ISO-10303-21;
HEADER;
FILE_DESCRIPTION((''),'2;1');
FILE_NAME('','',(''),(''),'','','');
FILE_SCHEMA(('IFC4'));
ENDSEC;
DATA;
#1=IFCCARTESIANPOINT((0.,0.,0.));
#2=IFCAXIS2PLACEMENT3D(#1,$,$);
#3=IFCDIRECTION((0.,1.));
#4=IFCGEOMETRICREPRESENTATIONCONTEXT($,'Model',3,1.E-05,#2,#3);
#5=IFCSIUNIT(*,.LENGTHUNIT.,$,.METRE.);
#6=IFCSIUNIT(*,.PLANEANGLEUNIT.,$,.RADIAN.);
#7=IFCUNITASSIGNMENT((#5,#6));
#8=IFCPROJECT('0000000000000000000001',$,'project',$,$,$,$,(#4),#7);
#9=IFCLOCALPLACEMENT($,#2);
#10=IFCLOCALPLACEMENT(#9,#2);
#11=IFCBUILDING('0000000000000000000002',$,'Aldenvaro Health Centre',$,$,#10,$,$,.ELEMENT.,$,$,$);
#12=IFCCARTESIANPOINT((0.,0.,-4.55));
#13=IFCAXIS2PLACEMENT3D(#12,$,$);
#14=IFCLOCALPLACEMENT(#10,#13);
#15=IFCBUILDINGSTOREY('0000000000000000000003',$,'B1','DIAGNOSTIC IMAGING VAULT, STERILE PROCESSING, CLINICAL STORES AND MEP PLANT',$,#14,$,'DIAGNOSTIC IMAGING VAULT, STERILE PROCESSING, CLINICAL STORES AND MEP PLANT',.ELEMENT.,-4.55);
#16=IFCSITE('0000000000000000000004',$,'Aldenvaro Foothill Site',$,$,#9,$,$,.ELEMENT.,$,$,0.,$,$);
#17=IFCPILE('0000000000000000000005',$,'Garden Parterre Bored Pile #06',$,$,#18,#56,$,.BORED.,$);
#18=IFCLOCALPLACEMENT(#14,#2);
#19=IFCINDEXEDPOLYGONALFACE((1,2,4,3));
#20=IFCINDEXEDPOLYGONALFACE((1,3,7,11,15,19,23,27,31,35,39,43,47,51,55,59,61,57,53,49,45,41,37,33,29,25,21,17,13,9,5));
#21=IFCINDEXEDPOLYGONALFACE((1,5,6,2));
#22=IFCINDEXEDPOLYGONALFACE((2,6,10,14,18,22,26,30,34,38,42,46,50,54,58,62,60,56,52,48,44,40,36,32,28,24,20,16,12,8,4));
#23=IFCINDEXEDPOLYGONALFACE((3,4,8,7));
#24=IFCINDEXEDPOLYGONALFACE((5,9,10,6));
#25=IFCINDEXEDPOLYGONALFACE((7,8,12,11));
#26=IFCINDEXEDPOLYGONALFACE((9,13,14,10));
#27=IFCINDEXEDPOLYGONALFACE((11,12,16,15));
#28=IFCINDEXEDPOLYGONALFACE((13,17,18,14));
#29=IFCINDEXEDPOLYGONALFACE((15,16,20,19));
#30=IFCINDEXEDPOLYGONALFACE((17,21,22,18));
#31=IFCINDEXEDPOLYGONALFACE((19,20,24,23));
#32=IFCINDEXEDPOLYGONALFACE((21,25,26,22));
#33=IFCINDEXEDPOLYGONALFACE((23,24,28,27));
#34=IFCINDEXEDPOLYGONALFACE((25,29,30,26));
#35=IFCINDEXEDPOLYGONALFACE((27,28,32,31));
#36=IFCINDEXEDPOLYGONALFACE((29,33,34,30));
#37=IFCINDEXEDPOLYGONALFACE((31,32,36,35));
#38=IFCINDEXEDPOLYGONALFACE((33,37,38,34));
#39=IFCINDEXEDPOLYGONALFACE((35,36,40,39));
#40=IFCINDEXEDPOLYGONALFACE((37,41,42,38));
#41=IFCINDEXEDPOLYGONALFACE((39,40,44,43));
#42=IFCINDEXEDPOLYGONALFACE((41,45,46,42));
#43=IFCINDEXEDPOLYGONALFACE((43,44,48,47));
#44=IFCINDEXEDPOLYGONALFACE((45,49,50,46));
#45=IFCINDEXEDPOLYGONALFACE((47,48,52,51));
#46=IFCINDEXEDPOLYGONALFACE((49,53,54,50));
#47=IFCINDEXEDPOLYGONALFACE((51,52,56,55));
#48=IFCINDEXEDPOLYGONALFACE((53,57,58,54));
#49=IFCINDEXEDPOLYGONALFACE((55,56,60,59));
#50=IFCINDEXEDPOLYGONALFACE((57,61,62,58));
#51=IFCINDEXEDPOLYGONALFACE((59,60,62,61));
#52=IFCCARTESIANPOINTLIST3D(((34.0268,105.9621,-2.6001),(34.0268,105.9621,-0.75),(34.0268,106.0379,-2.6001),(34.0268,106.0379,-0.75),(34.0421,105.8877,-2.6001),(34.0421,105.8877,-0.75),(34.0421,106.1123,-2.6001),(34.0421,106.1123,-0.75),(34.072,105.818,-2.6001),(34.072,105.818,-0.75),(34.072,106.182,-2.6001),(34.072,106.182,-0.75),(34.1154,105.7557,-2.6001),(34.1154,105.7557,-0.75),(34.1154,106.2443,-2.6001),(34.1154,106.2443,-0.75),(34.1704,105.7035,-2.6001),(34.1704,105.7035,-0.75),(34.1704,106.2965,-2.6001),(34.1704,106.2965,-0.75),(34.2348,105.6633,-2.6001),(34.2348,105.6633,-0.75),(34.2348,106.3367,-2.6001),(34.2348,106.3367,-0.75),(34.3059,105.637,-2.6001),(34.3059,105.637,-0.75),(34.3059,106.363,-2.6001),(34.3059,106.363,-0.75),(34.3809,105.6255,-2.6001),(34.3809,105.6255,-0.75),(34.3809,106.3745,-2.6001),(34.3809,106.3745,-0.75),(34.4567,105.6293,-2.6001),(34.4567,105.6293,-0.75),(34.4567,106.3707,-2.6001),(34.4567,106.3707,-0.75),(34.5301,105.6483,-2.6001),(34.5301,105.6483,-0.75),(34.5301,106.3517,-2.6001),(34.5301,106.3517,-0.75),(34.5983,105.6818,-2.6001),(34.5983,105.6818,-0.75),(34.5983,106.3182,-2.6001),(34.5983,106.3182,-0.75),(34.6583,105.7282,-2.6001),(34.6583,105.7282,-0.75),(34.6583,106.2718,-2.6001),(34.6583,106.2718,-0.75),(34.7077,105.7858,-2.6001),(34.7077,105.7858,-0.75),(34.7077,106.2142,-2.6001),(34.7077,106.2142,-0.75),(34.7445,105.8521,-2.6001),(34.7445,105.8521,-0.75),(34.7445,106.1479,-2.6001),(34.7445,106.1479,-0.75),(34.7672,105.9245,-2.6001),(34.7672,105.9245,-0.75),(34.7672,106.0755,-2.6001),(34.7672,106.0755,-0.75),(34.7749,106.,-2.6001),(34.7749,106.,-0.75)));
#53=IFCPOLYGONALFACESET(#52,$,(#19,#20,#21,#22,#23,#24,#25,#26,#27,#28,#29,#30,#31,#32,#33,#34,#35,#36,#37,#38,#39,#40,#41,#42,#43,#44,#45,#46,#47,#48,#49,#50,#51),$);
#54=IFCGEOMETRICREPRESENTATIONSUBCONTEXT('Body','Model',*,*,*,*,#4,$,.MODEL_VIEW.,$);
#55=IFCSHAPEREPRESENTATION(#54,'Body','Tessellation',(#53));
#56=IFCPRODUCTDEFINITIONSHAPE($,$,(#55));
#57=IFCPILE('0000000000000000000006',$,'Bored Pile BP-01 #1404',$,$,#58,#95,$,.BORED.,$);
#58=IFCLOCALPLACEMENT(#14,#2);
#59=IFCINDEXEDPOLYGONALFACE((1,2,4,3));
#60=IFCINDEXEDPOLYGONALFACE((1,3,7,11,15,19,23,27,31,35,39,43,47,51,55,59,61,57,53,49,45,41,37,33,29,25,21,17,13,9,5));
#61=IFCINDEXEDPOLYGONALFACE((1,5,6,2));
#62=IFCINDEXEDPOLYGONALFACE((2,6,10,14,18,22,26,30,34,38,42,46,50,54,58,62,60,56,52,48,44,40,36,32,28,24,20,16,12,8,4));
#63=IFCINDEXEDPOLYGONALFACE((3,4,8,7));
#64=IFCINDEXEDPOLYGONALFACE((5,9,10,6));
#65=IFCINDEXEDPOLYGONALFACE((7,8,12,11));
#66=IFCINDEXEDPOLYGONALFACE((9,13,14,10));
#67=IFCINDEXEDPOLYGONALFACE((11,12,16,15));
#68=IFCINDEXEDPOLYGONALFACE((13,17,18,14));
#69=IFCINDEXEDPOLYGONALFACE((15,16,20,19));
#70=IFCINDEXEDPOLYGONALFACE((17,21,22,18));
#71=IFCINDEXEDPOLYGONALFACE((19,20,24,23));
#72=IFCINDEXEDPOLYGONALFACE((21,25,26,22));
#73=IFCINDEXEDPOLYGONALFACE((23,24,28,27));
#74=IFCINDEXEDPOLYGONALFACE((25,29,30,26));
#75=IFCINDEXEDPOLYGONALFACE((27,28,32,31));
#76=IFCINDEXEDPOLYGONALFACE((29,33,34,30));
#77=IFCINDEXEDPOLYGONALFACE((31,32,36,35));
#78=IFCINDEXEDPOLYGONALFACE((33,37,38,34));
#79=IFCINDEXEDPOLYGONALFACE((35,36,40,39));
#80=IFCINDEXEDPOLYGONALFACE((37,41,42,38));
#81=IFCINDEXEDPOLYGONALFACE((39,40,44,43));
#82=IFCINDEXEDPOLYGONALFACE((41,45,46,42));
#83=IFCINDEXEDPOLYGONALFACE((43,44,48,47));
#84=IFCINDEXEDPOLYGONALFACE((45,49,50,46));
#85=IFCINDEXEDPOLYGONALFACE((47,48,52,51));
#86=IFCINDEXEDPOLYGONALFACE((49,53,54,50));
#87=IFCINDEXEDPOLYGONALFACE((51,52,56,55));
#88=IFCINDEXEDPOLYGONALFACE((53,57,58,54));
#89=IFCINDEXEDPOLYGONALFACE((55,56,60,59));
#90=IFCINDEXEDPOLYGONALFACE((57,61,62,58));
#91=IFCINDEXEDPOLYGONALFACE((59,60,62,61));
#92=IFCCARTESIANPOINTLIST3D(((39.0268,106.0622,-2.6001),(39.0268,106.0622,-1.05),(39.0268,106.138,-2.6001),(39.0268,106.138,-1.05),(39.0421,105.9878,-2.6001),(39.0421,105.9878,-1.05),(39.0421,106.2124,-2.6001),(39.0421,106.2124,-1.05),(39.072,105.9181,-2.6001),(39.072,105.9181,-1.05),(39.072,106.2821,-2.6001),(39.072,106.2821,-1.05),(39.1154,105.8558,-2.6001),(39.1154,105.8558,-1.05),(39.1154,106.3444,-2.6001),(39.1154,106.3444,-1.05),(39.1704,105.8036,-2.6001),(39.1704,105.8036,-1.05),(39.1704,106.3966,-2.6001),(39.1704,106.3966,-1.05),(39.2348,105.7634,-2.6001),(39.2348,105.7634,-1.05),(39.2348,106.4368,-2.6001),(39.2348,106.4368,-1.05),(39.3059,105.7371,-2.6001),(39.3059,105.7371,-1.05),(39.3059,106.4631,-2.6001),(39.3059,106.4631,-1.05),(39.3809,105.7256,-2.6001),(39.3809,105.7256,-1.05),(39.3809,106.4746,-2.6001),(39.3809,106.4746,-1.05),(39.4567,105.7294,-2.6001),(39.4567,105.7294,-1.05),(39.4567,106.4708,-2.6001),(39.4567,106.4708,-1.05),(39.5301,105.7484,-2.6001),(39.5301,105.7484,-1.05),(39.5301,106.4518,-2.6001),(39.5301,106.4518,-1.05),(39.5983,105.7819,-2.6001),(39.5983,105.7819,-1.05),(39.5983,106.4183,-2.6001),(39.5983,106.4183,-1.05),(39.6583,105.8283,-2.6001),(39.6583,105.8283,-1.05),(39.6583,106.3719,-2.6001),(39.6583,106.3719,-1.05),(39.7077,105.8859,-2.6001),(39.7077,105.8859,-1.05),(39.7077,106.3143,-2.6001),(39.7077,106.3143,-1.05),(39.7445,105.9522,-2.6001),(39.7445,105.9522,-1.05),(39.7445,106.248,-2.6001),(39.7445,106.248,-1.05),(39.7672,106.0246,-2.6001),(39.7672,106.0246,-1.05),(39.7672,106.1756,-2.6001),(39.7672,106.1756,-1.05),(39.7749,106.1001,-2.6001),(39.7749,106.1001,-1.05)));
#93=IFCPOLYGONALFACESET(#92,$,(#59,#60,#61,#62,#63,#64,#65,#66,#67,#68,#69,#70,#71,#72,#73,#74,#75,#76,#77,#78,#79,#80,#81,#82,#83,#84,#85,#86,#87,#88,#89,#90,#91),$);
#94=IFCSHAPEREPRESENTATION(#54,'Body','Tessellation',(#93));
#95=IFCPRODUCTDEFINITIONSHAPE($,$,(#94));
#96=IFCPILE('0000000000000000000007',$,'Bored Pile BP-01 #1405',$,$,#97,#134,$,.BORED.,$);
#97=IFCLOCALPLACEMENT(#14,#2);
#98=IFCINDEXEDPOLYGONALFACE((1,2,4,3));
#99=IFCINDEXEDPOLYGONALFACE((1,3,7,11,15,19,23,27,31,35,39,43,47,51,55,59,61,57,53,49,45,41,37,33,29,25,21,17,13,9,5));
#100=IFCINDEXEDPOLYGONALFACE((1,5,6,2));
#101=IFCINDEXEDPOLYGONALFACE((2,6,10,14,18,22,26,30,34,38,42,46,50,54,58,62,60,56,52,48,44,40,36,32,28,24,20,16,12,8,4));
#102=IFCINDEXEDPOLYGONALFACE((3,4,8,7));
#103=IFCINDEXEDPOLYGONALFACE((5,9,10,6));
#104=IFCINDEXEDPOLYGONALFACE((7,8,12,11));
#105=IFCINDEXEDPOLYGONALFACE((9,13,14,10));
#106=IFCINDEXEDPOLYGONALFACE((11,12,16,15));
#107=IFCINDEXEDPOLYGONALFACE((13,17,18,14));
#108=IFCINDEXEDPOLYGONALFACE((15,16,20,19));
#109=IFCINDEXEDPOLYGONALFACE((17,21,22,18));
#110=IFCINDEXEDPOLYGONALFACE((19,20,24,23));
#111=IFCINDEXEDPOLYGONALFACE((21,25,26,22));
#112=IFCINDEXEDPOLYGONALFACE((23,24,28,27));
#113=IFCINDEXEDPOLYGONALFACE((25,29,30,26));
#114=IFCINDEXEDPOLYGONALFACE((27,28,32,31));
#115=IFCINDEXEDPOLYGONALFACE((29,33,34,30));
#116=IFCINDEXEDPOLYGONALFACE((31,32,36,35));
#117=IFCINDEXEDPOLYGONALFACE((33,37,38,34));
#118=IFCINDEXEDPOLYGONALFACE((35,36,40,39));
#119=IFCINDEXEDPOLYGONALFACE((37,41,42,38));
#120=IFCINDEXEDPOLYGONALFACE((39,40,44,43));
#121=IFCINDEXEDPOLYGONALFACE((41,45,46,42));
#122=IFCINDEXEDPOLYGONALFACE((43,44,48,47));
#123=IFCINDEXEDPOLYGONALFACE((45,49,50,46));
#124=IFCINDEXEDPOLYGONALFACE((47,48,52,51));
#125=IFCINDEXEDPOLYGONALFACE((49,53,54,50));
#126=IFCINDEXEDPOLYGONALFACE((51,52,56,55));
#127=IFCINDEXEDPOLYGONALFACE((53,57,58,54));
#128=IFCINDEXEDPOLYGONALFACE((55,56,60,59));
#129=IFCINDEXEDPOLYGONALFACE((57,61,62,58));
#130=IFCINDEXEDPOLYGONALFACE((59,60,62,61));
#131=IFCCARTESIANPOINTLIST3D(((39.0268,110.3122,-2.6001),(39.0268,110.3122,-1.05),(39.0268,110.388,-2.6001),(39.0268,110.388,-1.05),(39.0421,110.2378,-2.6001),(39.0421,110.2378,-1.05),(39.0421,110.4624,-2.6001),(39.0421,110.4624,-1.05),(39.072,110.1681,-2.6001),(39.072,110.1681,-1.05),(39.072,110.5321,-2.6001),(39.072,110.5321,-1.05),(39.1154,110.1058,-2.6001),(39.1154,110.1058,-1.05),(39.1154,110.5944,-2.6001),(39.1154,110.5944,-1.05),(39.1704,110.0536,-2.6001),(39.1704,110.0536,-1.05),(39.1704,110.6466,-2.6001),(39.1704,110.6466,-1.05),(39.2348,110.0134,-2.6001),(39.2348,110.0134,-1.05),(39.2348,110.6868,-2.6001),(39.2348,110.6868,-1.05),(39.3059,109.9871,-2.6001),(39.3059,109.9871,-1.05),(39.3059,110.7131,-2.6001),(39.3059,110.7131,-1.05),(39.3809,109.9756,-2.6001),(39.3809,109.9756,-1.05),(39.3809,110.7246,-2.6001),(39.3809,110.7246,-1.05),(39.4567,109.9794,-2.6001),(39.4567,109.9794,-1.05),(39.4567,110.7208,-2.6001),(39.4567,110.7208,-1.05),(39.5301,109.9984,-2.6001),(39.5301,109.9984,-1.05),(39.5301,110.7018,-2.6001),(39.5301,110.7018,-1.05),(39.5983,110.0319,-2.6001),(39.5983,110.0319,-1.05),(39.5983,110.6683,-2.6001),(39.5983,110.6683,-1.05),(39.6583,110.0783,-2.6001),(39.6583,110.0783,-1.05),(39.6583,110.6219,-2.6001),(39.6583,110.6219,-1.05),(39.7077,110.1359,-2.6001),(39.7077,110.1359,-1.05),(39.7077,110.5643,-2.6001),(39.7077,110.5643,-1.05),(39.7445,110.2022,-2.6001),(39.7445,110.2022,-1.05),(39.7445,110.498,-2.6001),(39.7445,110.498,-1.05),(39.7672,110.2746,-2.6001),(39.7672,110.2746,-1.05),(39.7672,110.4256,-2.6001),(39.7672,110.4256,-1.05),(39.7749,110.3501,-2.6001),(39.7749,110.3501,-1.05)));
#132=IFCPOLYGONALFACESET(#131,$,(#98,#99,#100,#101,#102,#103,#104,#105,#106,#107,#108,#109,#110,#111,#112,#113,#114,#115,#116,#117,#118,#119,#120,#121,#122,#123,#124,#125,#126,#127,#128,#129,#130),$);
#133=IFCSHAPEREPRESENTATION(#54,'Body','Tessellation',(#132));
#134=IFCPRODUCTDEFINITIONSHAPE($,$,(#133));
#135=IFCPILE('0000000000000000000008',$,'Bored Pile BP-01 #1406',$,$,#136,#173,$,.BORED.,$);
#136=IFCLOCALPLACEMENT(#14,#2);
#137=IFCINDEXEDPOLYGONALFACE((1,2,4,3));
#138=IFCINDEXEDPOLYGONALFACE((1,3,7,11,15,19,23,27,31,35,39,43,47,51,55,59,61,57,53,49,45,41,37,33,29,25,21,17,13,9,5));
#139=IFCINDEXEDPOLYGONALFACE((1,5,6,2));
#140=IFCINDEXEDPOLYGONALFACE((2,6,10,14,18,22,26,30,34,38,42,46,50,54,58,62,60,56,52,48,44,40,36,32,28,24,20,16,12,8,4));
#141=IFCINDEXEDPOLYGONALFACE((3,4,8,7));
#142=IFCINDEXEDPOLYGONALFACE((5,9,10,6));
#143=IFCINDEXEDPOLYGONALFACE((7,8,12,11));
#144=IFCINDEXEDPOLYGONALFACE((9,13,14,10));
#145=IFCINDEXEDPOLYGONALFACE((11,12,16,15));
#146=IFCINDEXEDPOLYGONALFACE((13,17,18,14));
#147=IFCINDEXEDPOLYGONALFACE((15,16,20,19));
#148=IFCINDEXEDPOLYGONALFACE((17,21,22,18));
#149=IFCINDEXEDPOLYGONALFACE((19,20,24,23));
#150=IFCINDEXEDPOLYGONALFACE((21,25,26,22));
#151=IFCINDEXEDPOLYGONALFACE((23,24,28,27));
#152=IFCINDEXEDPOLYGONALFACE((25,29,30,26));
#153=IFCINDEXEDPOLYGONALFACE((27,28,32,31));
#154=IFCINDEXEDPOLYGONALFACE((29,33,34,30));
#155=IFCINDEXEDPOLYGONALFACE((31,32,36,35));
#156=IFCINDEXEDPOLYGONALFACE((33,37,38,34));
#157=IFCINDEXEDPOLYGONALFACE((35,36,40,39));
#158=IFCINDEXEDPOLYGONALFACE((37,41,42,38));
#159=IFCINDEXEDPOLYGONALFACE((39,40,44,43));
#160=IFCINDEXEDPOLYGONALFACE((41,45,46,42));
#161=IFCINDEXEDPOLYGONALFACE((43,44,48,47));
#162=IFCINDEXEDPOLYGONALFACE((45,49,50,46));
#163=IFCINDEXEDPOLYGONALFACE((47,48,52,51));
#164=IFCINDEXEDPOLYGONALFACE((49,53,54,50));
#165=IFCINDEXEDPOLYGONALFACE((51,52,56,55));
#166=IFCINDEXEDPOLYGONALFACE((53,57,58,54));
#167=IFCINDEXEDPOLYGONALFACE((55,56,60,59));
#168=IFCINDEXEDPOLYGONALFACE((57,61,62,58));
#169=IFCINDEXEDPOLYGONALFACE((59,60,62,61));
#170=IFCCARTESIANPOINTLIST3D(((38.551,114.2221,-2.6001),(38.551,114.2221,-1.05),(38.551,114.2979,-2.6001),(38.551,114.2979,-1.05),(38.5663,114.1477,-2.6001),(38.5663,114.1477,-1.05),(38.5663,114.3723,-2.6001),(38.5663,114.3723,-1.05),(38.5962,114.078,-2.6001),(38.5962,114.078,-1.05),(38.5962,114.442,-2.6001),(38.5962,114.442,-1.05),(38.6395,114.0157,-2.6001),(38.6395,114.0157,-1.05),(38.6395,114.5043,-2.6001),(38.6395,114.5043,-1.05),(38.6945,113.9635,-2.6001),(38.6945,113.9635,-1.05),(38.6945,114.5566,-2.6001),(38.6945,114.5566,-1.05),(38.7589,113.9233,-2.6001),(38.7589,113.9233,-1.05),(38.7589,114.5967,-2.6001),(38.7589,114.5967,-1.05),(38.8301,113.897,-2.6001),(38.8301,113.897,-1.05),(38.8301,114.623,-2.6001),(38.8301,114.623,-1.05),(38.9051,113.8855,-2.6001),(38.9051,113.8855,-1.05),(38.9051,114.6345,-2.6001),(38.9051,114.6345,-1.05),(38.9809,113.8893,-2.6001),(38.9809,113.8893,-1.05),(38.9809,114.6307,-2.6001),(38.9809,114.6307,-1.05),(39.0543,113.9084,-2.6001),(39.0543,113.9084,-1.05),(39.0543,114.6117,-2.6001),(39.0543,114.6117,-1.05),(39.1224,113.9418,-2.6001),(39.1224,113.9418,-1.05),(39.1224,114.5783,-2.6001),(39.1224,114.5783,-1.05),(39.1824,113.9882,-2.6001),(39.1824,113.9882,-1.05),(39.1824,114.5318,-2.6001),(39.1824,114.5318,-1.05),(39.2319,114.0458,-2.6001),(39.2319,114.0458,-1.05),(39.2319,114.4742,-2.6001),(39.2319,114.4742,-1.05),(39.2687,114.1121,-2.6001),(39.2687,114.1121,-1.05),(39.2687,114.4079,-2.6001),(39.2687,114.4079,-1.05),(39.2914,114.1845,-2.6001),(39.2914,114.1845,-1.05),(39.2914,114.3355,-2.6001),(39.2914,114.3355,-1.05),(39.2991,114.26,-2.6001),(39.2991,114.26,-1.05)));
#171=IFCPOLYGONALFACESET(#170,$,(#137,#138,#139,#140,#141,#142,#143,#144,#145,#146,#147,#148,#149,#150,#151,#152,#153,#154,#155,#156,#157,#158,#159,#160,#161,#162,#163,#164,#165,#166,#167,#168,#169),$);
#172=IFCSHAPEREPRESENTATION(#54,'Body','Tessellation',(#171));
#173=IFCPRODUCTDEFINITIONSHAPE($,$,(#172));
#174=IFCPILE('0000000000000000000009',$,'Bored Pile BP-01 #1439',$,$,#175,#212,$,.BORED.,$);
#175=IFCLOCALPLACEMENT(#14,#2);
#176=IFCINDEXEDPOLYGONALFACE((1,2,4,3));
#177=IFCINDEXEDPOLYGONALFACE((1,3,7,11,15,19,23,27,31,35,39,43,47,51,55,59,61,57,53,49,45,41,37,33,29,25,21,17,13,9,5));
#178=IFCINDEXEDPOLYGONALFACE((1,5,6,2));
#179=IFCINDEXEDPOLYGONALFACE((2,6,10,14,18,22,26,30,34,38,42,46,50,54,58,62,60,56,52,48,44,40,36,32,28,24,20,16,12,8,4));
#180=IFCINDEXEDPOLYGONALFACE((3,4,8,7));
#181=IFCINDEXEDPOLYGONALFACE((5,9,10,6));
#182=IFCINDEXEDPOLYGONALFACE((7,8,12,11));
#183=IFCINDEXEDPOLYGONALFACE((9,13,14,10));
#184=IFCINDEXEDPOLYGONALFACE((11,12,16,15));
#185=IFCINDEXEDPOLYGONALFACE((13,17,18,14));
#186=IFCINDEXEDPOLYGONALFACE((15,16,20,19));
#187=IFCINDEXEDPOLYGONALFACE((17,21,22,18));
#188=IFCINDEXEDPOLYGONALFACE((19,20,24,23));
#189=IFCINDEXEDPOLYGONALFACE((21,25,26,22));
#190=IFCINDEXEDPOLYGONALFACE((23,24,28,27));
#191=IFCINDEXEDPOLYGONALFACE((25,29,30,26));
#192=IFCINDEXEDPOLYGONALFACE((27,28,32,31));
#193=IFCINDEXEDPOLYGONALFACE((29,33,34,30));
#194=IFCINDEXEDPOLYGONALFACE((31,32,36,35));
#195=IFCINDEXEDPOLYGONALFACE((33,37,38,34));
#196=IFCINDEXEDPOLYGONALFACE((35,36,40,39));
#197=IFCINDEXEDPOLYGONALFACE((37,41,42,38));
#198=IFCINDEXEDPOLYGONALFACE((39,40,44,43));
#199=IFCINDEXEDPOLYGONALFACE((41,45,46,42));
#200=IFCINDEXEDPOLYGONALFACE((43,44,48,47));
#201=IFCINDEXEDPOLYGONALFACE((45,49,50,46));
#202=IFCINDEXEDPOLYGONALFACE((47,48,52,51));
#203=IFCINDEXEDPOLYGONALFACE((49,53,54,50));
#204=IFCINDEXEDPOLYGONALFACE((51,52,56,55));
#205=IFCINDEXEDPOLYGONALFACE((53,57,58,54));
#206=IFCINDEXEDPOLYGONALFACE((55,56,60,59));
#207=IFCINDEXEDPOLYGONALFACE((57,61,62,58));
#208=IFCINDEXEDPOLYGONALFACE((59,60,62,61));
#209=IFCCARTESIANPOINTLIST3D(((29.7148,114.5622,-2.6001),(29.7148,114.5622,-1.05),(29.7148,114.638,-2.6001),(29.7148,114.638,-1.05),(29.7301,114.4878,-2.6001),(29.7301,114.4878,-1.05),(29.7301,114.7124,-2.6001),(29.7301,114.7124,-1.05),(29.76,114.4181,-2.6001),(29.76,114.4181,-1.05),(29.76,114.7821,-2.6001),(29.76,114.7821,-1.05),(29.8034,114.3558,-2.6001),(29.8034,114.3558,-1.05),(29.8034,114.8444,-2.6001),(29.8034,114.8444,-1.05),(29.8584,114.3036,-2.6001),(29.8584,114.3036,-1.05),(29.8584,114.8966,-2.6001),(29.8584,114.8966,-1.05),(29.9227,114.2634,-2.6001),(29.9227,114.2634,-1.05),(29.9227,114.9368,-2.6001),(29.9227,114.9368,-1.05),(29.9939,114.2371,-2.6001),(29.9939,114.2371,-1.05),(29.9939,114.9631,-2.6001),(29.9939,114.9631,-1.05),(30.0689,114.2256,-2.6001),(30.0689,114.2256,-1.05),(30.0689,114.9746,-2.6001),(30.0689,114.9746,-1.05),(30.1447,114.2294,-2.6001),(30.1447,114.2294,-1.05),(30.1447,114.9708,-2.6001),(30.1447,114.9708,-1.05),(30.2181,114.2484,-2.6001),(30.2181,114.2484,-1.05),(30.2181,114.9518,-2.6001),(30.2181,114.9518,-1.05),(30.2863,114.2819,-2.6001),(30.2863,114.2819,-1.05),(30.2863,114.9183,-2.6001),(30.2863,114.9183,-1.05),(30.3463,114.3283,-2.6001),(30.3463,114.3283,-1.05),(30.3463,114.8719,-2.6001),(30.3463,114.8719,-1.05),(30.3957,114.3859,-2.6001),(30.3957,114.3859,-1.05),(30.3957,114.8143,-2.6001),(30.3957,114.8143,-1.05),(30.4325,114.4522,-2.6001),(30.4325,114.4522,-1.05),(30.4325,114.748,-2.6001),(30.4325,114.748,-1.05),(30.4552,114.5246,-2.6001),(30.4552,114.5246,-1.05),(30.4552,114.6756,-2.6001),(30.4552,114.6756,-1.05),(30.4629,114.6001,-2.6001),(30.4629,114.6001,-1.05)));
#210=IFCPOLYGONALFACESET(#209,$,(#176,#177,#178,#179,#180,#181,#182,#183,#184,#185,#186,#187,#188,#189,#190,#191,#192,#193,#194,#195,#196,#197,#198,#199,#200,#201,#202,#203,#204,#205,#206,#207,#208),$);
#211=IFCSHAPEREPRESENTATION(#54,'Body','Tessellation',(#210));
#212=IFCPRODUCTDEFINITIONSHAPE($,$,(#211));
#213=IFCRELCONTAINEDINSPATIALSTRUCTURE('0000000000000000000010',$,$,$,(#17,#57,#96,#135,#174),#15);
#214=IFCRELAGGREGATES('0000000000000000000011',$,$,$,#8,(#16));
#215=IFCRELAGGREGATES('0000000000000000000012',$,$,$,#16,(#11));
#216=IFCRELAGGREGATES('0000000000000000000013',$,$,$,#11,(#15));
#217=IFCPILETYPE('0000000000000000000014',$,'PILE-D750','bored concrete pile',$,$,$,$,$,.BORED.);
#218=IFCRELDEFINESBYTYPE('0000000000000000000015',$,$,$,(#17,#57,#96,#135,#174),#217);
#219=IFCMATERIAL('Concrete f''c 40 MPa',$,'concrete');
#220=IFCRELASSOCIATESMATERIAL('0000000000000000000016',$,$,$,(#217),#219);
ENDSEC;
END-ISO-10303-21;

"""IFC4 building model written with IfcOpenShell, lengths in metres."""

from ifc_helpers import new_model, si_unit, direction, frame, origin, origin_2d, place, context, subcontext, project, spatial, circle, extrude, material, material_profile, profile_set, type_object, element, save


model = new_model("IFC4")

# Units and contexts
model_context = context("Model", 3, precision=1e-05, world=origin(), true_north=direction((0.0, 1.0)))
body_context = subcontext(model_context, "Body", "Model", "MODEL_VIEW")
ifc_project = project(units=[si_unit("LENGTHUNIT", "METRE"), si_unit("PLANEANGLEUNIT", "RADIAN")], contexts=[model_context])

# Site, building, storey
site_placement = place(None, origin())
site = spatial("IfcSite", under=ifc_project, at=site_placement, Name="Aldenvaro Foothill Site", CompositionType="ELEMENT", RefElevation=0.0)
building_placement = place(site_placement, origin())
building = spatial("IfcBuilding", under=site, at=building_placement, Name="Aldenvaro Health Centre", CompositionType="ELEMENT")
storey_placement = place(building_placement, frame((0.0, 0.0, -4.55)))
storey = spatial("IfcBuildingStorey", under=building, at=storey_placement, Name="B1", Description="DIAGNOSTIC IMAGING VAULT, STERILE PROCESSING, CLINICAL STORES AND MEP PLANT", LongName="DIAGNOSTIC IMAGING VAULT, STERILE PROCESSING, CLINICAL STORES AND MEP PLANT", CompositionType="ELEMENT", Elevation=-4.55)

# Shared definitions
ifc_material_1 = material(Name="Concrete f'c 40 MPa", Category="concrete")

# Piles
ifc_material_profile_1 = material_profile(ifc_material_1, circle(Radius=0.375, at=origin_2d()), Name="PILE D750", Category="concrete")
ifc_profile_set_1 = profile_set([ifc_material_profile_1], Name="Concrete f'c 40 MPa")
pile_type_1 = type_object("IfcPileType", Name="PILE-D750", Description="bored concrete pile", PredefinedType="BORED", material=ifc_profile_set_1)
pile_placement = place(storey_placement, frame((34.3999, 106.0, -0.75), z_axis=(0.0, 0.0, -1.0), x_axis=(1.0, 0.0, 0.0)))
element("IfcPile", 1, at=pile_placement, inside=storey, type_object=pile_type_1, Name="Garden Parterre Bored Pile #06", PredefinedType="BORED", context=body_context, shape_type="SweptSolid", body=[
    extrude(circle(Radius=0.375, at=origin_2d()), origin(), (0.0, 0.0, 1.0), 1.8501),
])
for number, where, z_axis, x_axis, name in (
    (2, (39.3999, 106.1001, -1.05), (0.0, 0.0, -1.0), (1.0, 0.0, 0.0), "Bored Pile BP-01 #1404"),
    (3, (39.3999, 110.3501, -1.05), (0.0, 0.0, -1.0), (1.0, 0.0, 0.0), "Bored Pile BP-01 #1405"),
    (4, (38.9241, 114.26, -1.05), (0.0, 0.0, -1.0), (1.0, 0.0, 0.0), "Bored Pile BP-01 #1406"),
    (5, (30.0879, 114.6001, -1.05), (0.0, 0.0, -1.0), (1.0, 0.0, 0.0), "Bored Pile BP-01 #1439"),
):
    element("IfcPile", number, at=place(storey_placement, frame(where, z_axis=z_axis, x_axis=x_axis)), inside=storey, type_object=pile_type_1, Name=name, PredefinedType="BORED", context=body_context, shape_type="SweptSolid", body=[
        extrude(circle(Radius=0.375, at=origin_2d()), origin(), (0.0, 0.0, 1.0), 1.55),
    ])

save(model, "model.ifc")
